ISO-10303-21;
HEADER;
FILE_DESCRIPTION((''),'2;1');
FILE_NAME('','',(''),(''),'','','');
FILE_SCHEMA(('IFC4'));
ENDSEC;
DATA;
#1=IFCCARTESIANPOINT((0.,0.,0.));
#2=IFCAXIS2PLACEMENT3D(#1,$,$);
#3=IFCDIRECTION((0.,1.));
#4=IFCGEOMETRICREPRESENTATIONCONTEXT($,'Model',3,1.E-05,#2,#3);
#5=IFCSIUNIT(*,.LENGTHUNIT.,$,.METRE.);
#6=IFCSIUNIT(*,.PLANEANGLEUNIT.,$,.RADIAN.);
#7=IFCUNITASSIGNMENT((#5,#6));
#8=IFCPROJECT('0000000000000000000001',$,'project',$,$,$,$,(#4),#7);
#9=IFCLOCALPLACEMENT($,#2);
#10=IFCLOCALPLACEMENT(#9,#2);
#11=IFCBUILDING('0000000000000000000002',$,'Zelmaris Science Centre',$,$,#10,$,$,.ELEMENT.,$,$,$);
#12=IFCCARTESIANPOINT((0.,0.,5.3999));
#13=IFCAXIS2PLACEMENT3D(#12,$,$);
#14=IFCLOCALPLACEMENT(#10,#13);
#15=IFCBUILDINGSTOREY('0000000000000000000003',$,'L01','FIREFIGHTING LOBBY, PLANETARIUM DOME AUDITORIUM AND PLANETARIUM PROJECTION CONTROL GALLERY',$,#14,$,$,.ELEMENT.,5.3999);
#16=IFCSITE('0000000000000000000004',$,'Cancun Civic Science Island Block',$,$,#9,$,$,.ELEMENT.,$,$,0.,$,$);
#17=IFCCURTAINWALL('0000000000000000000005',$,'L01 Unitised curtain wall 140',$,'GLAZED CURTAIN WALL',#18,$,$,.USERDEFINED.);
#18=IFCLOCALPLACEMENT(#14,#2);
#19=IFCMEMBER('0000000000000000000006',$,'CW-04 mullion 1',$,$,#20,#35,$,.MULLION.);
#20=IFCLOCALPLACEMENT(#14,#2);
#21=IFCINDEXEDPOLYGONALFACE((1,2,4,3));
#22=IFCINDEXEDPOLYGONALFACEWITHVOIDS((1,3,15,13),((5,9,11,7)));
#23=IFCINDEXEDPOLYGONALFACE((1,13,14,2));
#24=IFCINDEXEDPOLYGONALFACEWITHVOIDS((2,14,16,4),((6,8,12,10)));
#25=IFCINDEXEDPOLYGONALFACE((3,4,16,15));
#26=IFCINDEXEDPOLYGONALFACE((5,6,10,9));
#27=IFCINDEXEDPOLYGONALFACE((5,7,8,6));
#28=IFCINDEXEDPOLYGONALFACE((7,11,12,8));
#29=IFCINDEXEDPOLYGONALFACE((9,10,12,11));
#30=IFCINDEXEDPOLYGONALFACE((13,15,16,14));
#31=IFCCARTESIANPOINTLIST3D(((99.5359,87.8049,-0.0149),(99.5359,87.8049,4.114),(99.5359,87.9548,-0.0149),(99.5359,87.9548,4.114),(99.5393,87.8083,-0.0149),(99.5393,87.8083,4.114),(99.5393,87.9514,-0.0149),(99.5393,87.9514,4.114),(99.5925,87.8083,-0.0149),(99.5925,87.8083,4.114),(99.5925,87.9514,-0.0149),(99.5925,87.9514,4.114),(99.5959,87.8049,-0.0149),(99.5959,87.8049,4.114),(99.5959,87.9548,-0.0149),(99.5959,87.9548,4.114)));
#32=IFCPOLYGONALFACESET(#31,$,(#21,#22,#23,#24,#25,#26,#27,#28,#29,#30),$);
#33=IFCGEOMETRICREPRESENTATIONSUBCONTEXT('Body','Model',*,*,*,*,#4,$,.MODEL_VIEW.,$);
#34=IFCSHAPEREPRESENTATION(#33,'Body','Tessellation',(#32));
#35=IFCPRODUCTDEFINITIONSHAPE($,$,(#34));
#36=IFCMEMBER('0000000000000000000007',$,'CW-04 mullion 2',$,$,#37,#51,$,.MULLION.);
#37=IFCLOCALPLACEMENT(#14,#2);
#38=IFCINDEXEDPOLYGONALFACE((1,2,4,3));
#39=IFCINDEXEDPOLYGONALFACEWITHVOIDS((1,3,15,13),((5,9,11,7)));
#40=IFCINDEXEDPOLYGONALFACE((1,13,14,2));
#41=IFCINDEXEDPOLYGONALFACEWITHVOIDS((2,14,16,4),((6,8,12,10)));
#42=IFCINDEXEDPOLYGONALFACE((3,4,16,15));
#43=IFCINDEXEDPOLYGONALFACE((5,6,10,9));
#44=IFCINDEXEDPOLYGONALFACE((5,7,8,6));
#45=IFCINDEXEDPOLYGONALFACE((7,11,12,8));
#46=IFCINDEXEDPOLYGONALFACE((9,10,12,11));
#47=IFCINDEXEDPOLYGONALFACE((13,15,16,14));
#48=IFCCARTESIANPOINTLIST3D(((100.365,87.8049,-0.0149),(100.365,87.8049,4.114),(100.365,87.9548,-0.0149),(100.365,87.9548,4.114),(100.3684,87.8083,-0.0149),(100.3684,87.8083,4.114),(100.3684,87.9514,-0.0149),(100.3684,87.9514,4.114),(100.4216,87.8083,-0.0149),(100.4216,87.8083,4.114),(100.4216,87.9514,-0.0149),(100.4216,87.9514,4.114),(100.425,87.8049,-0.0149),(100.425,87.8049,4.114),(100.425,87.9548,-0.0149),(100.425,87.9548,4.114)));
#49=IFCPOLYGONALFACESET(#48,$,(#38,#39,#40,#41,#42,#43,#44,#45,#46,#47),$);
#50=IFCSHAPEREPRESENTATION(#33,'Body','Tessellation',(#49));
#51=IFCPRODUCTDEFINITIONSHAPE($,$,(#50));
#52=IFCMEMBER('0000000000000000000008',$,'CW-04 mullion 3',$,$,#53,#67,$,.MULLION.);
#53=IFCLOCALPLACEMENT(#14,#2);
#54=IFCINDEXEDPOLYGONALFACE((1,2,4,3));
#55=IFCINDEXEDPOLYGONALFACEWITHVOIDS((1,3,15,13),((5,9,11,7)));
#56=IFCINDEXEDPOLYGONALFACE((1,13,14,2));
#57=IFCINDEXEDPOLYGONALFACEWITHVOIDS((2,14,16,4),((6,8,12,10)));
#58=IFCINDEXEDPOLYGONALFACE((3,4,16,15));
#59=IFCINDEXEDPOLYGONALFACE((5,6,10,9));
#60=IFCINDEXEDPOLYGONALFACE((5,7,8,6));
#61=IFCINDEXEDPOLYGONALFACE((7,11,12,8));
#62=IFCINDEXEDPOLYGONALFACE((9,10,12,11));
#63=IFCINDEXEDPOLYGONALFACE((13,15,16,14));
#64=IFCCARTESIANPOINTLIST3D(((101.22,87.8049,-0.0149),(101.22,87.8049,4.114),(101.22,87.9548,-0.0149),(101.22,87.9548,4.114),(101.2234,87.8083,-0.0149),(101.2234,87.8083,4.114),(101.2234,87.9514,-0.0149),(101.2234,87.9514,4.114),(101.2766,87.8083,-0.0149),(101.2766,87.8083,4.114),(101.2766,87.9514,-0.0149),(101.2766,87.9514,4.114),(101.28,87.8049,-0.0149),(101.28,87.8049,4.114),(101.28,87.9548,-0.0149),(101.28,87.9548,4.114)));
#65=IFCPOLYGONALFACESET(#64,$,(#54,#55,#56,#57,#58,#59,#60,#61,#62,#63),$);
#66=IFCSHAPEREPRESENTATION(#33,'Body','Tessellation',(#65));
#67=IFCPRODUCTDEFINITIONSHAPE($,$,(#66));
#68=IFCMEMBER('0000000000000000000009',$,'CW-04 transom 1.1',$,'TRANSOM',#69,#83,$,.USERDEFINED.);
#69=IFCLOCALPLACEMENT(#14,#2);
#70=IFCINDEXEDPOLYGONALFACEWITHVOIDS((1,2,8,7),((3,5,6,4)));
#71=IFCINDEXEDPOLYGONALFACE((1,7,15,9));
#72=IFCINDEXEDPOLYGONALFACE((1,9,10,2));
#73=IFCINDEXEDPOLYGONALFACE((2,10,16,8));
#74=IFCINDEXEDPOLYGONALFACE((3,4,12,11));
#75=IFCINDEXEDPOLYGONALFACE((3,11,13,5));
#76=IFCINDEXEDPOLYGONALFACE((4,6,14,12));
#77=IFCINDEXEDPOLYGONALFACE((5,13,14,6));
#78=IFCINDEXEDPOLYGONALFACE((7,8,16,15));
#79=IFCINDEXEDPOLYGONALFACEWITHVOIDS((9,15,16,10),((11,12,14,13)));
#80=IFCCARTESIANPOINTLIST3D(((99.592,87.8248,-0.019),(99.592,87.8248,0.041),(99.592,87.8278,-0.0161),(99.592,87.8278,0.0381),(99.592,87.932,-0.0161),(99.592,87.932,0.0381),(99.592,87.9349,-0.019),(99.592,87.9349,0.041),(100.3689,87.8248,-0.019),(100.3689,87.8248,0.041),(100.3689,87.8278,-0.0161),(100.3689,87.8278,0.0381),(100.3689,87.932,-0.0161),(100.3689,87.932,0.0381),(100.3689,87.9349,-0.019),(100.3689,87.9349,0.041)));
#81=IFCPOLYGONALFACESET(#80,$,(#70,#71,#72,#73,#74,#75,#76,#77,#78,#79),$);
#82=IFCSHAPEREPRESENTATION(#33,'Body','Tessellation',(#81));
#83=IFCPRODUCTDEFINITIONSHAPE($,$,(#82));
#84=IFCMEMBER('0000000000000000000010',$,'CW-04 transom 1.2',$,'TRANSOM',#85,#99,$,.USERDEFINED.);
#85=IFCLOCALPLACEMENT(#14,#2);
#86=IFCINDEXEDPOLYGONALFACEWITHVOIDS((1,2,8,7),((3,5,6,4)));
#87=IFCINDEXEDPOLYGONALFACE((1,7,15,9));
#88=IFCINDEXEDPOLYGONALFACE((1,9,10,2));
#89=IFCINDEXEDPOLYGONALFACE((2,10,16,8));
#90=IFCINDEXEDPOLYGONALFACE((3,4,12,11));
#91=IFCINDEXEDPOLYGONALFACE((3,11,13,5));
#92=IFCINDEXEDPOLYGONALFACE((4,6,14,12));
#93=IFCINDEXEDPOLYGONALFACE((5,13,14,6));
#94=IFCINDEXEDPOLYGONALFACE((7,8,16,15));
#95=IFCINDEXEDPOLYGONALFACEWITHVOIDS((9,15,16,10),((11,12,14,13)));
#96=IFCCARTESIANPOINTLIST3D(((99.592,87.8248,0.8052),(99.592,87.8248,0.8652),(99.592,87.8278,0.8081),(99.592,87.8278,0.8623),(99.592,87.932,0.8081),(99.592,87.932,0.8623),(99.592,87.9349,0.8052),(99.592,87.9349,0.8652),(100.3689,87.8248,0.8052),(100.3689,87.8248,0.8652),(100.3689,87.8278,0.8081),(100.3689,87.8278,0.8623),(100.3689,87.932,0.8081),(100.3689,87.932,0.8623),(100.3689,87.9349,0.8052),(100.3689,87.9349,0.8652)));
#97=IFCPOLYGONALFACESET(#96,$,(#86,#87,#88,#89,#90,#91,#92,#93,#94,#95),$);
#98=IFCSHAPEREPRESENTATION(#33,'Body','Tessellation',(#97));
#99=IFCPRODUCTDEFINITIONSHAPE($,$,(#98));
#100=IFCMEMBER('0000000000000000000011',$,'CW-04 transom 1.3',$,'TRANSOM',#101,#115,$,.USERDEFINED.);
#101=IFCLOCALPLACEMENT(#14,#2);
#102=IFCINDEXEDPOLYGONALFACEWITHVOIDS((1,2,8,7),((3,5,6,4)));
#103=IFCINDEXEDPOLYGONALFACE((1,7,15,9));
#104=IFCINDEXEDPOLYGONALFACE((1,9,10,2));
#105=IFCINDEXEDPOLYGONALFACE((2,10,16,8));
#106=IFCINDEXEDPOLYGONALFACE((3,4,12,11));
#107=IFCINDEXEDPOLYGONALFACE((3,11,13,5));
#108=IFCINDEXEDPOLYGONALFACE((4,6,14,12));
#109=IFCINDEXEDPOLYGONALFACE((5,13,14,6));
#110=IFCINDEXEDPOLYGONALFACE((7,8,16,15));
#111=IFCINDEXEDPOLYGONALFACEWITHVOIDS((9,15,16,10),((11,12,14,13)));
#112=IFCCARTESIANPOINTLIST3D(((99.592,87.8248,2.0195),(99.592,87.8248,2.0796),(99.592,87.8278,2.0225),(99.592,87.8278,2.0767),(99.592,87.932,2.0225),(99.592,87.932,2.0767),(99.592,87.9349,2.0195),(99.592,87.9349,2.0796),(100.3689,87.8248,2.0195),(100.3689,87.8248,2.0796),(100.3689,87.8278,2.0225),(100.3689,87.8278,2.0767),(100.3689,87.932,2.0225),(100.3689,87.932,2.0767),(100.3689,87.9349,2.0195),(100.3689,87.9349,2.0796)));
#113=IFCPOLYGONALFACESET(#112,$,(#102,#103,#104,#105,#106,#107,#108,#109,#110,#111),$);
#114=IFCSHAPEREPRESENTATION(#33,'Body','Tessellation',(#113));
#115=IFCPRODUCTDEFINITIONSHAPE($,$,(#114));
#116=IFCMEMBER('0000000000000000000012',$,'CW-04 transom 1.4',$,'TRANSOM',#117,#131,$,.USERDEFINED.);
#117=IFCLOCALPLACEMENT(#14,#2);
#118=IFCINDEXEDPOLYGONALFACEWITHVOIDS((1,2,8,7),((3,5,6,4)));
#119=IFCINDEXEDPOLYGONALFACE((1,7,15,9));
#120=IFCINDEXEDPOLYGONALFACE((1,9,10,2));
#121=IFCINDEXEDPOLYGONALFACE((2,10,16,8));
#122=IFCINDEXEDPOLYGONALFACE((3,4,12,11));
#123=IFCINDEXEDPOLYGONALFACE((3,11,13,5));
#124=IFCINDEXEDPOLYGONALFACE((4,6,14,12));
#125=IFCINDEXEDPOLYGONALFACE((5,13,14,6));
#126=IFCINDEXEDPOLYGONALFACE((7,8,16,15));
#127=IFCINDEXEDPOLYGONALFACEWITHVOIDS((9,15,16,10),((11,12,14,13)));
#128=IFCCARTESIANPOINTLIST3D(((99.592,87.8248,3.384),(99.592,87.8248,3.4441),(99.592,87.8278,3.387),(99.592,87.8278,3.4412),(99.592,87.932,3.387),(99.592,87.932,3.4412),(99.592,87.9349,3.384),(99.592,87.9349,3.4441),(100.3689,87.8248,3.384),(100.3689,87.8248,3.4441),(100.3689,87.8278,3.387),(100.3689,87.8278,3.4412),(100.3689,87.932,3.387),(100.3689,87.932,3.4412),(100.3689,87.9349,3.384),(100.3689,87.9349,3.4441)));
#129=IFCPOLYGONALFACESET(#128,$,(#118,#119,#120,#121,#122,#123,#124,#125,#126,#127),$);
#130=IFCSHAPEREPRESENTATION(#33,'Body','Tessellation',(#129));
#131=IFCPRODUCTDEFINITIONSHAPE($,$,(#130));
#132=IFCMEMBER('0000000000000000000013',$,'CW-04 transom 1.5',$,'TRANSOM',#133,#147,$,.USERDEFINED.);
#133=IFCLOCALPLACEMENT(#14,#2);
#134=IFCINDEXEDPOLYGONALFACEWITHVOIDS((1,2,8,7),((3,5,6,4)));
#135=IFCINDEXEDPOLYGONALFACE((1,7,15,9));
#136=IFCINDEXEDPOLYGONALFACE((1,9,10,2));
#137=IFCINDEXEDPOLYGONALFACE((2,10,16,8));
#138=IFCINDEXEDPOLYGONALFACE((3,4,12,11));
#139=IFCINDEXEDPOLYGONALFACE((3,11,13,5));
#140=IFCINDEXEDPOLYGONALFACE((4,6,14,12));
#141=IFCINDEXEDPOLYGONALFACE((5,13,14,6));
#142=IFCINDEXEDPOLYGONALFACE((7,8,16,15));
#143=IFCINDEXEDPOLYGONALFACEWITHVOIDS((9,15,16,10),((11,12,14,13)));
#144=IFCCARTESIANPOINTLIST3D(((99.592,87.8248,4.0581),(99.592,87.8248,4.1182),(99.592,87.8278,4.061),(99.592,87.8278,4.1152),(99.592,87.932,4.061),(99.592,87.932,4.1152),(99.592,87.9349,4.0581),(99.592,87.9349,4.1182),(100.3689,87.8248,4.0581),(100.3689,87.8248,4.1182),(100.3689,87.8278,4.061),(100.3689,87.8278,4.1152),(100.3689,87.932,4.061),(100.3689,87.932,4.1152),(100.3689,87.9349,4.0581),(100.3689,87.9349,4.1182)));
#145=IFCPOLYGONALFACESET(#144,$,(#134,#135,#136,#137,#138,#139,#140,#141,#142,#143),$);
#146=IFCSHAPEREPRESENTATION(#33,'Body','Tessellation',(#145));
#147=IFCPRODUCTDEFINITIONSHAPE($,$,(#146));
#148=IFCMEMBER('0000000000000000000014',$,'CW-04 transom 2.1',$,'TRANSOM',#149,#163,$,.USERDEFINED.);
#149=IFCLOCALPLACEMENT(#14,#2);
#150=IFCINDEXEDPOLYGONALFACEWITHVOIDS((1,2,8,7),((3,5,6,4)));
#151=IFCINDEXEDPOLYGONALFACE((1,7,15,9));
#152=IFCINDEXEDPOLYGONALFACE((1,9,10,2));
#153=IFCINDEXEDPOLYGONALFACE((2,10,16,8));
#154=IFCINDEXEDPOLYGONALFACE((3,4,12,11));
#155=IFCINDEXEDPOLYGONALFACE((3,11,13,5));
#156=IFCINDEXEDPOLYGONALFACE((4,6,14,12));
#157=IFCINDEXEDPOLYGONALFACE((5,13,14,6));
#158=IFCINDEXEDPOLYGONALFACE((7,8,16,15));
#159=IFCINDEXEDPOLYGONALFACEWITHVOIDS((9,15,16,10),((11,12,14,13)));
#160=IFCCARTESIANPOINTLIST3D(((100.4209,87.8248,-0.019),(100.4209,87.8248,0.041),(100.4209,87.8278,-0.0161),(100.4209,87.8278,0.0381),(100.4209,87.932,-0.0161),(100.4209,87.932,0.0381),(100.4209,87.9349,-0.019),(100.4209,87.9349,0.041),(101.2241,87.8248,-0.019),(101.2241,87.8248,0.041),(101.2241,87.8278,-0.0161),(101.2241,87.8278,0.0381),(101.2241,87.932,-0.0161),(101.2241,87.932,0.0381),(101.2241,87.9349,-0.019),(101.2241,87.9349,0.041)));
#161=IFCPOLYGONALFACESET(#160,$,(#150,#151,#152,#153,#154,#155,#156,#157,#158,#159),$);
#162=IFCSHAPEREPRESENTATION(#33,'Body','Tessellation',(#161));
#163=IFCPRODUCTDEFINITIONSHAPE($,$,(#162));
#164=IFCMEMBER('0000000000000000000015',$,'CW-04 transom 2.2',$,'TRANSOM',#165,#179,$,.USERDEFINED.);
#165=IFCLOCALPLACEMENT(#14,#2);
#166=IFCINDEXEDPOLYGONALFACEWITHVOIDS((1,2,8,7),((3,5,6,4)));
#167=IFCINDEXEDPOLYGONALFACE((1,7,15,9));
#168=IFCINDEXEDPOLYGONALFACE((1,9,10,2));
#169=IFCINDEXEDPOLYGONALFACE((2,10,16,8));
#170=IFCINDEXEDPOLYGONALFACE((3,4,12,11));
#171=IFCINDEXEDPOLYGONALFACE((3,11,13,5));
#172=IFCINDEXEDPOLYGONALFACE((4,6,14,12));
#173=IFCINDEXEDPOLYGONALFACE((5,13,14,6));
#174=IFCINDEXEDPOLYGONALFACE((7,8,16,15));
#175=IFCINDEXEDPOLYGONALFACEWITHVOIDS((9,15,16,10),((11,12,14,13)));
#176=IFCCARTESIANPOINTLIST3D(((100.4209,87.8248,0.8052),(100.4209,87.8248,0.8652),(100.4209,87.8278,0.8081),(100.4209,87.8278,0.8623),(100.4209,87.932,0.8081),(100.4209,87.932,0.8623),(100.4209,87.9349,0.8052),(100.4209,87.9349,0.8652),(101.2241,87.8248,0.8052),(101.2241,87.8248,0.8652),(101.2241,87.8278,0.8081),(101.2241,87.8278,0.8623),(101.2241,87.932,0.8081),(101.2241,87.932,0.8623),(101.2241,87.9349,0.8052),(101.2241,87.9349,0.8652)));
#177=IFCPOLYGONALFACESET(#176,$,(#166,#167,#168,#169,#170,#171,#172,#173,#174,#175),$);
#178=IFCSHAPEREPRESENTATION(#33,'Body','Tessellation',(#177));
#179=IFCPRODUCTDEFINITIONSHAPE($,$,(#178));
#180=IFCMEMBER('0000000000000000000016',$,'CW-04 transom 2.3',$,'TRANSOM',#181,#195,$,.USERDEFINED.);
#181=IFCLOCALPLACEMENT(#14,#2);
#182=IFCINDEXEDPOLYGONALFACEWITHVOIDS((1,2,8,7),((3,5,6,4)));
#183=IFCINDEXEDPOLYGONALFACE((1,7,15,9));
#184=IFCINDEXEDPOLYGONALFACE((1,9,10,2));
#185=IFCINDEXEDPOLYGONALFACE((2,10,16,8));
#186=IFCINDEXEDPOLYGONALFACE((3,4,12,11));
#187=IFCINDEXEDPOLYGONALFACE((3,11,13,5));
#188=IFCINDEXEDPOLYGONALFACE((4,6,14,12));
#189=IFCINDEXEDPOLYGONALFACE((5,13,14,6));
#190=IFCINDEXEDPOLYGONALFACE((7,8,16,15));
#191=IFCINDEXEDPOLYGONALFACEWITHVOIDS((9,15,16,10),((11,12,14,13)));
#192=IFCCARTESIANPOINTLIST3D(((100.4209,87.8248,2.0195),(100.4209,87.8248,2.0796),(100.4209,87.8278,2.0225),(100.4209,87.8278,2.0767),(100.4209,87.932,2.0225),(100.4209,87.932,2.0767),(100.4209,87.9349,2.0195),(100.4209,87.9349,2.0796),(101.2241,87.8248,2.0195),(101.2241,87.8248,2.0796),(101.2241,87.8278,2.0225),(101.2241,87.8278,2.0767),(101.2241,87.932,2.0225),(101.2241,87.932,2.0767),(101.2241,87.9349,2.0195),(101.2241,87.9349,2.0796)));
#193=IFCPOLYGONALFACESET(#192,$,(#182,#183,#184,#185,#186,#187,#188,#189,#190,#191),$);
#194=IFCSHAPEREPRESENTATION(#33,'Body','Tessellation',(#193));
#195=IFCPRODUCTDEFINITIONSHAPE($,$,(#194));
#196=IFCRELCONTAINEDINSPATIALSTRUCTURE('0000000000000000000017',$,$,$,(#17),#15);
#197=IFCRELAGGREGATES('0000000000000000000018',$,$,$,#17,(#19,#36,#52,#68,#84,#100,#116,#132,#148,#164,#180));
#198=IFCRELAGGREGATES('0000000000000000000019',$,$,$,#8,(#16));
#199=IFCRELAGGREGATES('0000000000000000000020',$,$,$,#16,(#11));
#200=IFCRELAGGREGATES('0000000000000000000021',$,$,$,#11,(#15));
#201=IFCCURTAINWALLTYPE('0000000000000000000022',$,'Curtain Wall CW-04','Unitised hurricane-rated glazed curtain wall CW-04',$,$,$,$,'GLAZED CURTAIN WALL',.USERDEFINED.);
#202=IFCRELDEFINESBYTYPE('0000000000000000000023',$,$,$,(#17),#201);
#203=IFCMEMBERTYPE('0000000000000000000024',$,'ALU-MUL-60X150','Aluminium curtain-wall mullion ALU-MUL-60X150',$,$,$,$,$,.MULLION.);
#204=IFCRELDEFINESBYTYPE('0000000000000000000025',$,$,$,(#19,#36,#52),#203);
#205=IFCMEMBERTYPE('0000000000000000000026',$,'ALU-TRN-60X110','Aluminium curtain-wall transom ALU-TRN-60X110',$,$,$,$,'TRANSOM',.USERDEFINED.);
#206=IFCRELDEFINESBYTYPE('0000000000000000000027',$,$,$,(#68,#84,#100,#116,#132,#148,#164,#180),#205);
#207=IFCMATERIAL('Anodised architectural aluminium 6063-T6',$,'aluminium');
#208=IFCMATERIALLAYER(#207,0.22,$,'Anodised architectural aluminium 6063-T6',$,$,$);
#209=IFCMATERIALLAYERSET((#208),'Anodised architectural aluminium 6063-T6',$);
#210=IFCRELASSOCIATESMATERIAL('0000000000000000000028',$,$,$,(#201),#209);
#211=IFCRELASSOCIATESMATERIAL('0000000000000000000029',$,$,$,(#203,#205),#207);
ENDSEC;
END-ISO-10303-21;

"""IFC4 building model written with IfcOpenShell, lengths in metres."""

from ifc_helpers import new_model, si_unit, direction, frame, origin, origin_2d, place, context, subcontext, project, spatial, hollow_rectangle, extrude, material, layer, layer_set, material_profile, profile_set, type_object, element, aggregate, save


model = new_model("IFC4")

# Units and contexts
model_context = context("Model", 3, precision=1e-05, world=origin(), true_north=direction((0.0, 1.0)))
body_context = subcontext(model_context, "Body", "Model", "MODEL_VIEW")
ifc_project = project(units=[si_unit("LENGTHUNIT", "METRE"), si_unit("PLANEANGLEUNIT", "RADIAN")], contexts=[model_context])

# Site, building, storey
site_placement = place(None, origin())
site = spatial("IfcSite", under=ifc_project, at=site_placement, Name="Cancun Civic Science Island Block", CompositionType="ELEMENT", RefElevation=0.0)
building_placement = place(site_placement, origin())
building = spatial("IfcBuilding", under=site, at=building_placement, Name="Zelmaris Science Centre", CompositionType="ELEMENT")
storey_placement = place(building_placement, frame((0.0, 0.0, 5.3999)))
storey = spatial("IfcBuildingStorey", under=building, at=storey_placement, Name="L01", Description="FIREFIGHTING LOBBY, PLANETARIUM DOME AUDITORIUM AND PLANETARIUM PROJECTION CONTROL GALLERY", CompositionType="ELEMENT", Elevation=5.3999)

# Curtain wall, members
ifc_material_1 = material(Name="Anodised architectural aluminium 6063-T6", Category="aluminium")
ifc_layer_1 = layer(ifc_material_1, 0.22, Name="Anodised architectural aluminium 6063-T6")
ifc_layer_set_1 = layer_set([ifc_layer_1], Name="Anodised architectural aluminium 6063-T6")
curtain_wall_type = type_object("IfcCurtainWallType", Name="Curtain Wall CW-04", Description="Unitised hurricane-rated glazed curtain wall CW-04", ElementType="GLAZED CURTAIN WALL", PredefinedType="USERDEFINED", material=ifc_layer_set_1)
curtain_wall_placement = place(storey_placement, origin())
curtain_wall = element("IfcCurtainWall", 1, at=curtain_wall_placement, inside=storey, type_object=curtain_wall_type, Name="L01 Unitised curtain wall 140", ObjectType="GLAZED CURTAIN WALL", PredefinedType="USERDEFINED")
ifc_material_profile_1 = material_profile(ifc_material_1, hollow_rectangle(XDim=0.0601, YDim=0.1499, WallThickness=0.0034, at=origin_2d()), Name="ALU-MUL-60X150")
ifc_profile_set_1 = profile_set([ifc_material_profile_1], Name="Anodised architectural aluminium 6063-T6")
member_type_1 = type_object("IfcMemberType", Name="ALU-MUL-60X150", Description="Aluminium curtain-wall mullion ALU-MUL-60X150", PredefinedType="MULLION", material=ifc_profile_set_1)
member_1_placement = place(storey_placement, frame((99.5659, 87.8799, -0.0149), z_axis=(0.0, 0.0, 1.0), x_axis=(1.0, 0.0, 0.0)))
member_1 = element("IfcMember", 2, at=member_1_placement, type_object=member_type_1, Name="CW-04 mullion 1", PredefinedType="MULLION", context=body_context, shape_type="SweptSolid", body=[
    extrude(hollow_rectangle(XDim=0.0601, YDim=0.1499, WallThickness=0.0034, at=origin_2d()), origin(), (0.0, 0.0, 1.0), 4.1289),
])
member_2_placement = place(storey_placement, frame((100.395, 87.8799, -0.0149), z_axis=(0.0, 0.0, 1.0), x_axis=(1.0, 0.0, 0.0)))
member_2 = element("IfcMember", 3, at=member_2_placement, type_object=member_type_1, Name="CW-04 mullion 2", PredefinedType="MULLION", context=body_context, shape_type="SweptSolid", body=[
    extrude(hollow_rectangle(XDim=0.0601, YDim=0.1499, WallThickness=0.0034, at=origin_2d()), origin(), (0.0, 0.0, 1.0), 4.1289),
])
member_3_placement = place(storey_placement, frame((101.25, 87.8799, -0.0149), z_axis=(0.0, 0.0, 1.0), x_axis=(1.0, 0.0, 0.0)))
member_3 = element("IfcMember", 4, at=member_3_placement, type_object=member_type_1, Name="CW-04 mullion 3", PredefinedType="MULLION", context=body_context, shape_type="SweptSolid", body=[
    extrude(hollow_rectangle(XDim=0.0601, YDim=0.1499, WallThickness=0.0034, at=origin_2d()), origin(), (0.0, 0.0, 1.0), 4.1289),
])
ifc_material_profile_2 = material_profile(ifc_material_1, hollow_rectangle(XDim=0.0601, YDim=0.1101, WallThickness=0.0029, at=origin_2d()), Name="ALU-TRN-60X110")
ifc_profile_set_2 = profile_set([ifc_material_profile_2], Name="Anodised architectural aluminium 6063-T6")
member_type_2 = type_object("IfcMemberType", Name="ALU-TRN-60X110", Description="Aluminium curtain-wall transom ALU-TRN-60X110", ElementType="TRANSOM", PredefinedType="USERDEFINED", material=ifc_profile_set_2)
member_4_placement = place(storey_placement, frame((99.592, 87.8799, 0.011), z_axis=(1.0, 0.0, 0.0), x_axis=(0.0, 0.0, 1.0)))
member_4 = element("IfcMember", 5, at=member_4_placement, type_object=member_type_2, Name="CW-04 transom 1.1", ObjectType="TRANSOM", PredefinedType="USERDEFINED", context=body_context, shape_type="SweptSolid", body=[
    extrude(hollow_rectangle(XDim=0.0601, YDim=0.1101, WallThickness=0.0029, at=origin_2d()), origin(), (0.0, 0.0, 1.0), 0.7769),
])
member_5_placement = place(storey_placement, frame((99.592, 87.8799, 0.8352), z_axis=(1.0, 0.0, 0.0), x_axis=(0.0, 0.0, 1.0)))
member_5 = element("IfcMember", 6, at=member_5_placement, type_object=member_type_2, Name="CW-04 transom 1.2", ObjectType="TRANSOM", PredefinedType="USERDEFINED", context=body_context, shape_type="SweptSolid", body=[
    extrude(hollow_rectangle(XDim=0.0601, YDim=0.1101, WallThickness=0.0029, at=origin_2d()), origin(), (0.0, 0.0, 1.0), 0.7769),
])
member_6_placement = place(storey_placement, frame((99.592, 87.8799, 2.0496), z_axis=(1.0, 0.0, 0.0), x_axis=(0.0, 0.0, 1.0)))
member_6 = element("IfcMember", 7, at=member_6_placement, type_object=member_type_2, Name="CW-04 transom 1.3", ObjectType="TRANSOM", PredefinedType="USERDEFINED", context=body_context, shape_type="SweptSolid", body=[
    extrude(hollow_rectangle(XDim=0.0601, YDim=0.1101, WallThickness=0.0029, at=origin_2d()), origin(), (0.0, 0.0, 1.0), 0.7769),
])
member_7_placement = place(storey_placement, frame((99.592, 87.8799, 3.4141), z_axis=(1.0, 0.0, 0.0), x_axis=(0.0, 0.0, 1.0)))
member_7 = element("IfcMember", 8, at=member_7_placement, type_object=member_type_2, Name="CW-04 transom 1.4", ObjectType="TRANSOM", PredefinedType="USERDEFINED", context=body_context, shape_type="SweptSolid", body=[
    extrude(hollow_rectangle(XDim=0.0601, YDim=0.1101, WallThickness=0.0029, at=origin_2d()), origin(), (0.0, 0.0, 1.0), 0.7769),
])
member_8_placement = place(storey_placement, frame((99.592, 87.8799, 4.0881), z_axis=(1.0, 0.0, 0.0), x_axis=(0.0, 0.0, 1.0)))
member_8 = element("IfcMember", 9, at=member_8_placement, type_object=member_type_2, Name="CW-04 transom 1.5", ObjectType="TRANSOM", PredefinedType="USERDEFINED", context=body_context, shape_type="SweptSolid", body=[
    extrude(hollow_rectangle(XDim=0.0601, YDim=0.1101, WallThickness=0.0029, at=origin_2d()), origin(), (0.0, 0.0, 1.0), 0.7769),
])
member_9_placement = place(storey_placement, frame((100.4209, 87.8799, 0.011), z_axis=(1.0, 0.0, 0.0), x_axis=(0.0, 0.0, 1.0)))
member_9 = element("IfcMember", 10, at=member_9_placement, type_object=member_type_2, Name="CW-04 transom 2.1", ObjectType="TRANSOM", PredefinedType="USERDEFINED", context=body_context, shape_type="SweptSolid", body=[
    extrude(hollow_rectangle(XDim=0.0601, YDim=0.1101, WallThickness=0.0029, at=origin_2d()), origin(), (0.0, 0.0, 1.0), 0.8032),
])
member_10_placement = place(storey_placement, frame((100.4209, 87.8799, 0.8352), z_axis=(1.0, 0.0, 0.0), x_axis=(0.0, 0.0, 1.0)))
member_10 = element("IfcMember", 11, at=member_10_placement, type_object=member_type_2, Name="CW-04 transom 2.2", ObjectType="TRANSOM", PredefinedType="USERDEFINED", context=body_context, shape_type="SweptSolid", body=[
    extrude(hollow_rectangle(XDim=0.0601, YDim=0.1101, WallThickness=0.0029, at=origin_2d()), origin(), (0.0, 0.0, 1.0), 0.8032),
])
member_11_placement = place(storey_placement, frame((100.4209, 87.8799, 2.0496), z_axis=(1.0, 0.0, 0.0), x_axis=(0.0, 0.0, 1.0)))
member_11 = element("IfcMember", 12, at=member_11_placement, type_object=member_type_2, Name="CW-04 transom 2.3", ObjectType="TRANSOM", PredefinedType="USERDEFINED", context=body_context, shape_type="SweptSolid", body=[
    extrude(hollow_rectangle(XDim=0.0601, YDim=0.1101, WallThickness=0.0029, at=origin_2d()), origin(), (0.0, 0.0, 1.0), 0.8032),
])

aggregate(curtain_wall, [member_1, member_2, member_3, member_4, member_5, member_6, member_7, member_8, member_9, member_10, member_11])

save(model, "model.ifc")
